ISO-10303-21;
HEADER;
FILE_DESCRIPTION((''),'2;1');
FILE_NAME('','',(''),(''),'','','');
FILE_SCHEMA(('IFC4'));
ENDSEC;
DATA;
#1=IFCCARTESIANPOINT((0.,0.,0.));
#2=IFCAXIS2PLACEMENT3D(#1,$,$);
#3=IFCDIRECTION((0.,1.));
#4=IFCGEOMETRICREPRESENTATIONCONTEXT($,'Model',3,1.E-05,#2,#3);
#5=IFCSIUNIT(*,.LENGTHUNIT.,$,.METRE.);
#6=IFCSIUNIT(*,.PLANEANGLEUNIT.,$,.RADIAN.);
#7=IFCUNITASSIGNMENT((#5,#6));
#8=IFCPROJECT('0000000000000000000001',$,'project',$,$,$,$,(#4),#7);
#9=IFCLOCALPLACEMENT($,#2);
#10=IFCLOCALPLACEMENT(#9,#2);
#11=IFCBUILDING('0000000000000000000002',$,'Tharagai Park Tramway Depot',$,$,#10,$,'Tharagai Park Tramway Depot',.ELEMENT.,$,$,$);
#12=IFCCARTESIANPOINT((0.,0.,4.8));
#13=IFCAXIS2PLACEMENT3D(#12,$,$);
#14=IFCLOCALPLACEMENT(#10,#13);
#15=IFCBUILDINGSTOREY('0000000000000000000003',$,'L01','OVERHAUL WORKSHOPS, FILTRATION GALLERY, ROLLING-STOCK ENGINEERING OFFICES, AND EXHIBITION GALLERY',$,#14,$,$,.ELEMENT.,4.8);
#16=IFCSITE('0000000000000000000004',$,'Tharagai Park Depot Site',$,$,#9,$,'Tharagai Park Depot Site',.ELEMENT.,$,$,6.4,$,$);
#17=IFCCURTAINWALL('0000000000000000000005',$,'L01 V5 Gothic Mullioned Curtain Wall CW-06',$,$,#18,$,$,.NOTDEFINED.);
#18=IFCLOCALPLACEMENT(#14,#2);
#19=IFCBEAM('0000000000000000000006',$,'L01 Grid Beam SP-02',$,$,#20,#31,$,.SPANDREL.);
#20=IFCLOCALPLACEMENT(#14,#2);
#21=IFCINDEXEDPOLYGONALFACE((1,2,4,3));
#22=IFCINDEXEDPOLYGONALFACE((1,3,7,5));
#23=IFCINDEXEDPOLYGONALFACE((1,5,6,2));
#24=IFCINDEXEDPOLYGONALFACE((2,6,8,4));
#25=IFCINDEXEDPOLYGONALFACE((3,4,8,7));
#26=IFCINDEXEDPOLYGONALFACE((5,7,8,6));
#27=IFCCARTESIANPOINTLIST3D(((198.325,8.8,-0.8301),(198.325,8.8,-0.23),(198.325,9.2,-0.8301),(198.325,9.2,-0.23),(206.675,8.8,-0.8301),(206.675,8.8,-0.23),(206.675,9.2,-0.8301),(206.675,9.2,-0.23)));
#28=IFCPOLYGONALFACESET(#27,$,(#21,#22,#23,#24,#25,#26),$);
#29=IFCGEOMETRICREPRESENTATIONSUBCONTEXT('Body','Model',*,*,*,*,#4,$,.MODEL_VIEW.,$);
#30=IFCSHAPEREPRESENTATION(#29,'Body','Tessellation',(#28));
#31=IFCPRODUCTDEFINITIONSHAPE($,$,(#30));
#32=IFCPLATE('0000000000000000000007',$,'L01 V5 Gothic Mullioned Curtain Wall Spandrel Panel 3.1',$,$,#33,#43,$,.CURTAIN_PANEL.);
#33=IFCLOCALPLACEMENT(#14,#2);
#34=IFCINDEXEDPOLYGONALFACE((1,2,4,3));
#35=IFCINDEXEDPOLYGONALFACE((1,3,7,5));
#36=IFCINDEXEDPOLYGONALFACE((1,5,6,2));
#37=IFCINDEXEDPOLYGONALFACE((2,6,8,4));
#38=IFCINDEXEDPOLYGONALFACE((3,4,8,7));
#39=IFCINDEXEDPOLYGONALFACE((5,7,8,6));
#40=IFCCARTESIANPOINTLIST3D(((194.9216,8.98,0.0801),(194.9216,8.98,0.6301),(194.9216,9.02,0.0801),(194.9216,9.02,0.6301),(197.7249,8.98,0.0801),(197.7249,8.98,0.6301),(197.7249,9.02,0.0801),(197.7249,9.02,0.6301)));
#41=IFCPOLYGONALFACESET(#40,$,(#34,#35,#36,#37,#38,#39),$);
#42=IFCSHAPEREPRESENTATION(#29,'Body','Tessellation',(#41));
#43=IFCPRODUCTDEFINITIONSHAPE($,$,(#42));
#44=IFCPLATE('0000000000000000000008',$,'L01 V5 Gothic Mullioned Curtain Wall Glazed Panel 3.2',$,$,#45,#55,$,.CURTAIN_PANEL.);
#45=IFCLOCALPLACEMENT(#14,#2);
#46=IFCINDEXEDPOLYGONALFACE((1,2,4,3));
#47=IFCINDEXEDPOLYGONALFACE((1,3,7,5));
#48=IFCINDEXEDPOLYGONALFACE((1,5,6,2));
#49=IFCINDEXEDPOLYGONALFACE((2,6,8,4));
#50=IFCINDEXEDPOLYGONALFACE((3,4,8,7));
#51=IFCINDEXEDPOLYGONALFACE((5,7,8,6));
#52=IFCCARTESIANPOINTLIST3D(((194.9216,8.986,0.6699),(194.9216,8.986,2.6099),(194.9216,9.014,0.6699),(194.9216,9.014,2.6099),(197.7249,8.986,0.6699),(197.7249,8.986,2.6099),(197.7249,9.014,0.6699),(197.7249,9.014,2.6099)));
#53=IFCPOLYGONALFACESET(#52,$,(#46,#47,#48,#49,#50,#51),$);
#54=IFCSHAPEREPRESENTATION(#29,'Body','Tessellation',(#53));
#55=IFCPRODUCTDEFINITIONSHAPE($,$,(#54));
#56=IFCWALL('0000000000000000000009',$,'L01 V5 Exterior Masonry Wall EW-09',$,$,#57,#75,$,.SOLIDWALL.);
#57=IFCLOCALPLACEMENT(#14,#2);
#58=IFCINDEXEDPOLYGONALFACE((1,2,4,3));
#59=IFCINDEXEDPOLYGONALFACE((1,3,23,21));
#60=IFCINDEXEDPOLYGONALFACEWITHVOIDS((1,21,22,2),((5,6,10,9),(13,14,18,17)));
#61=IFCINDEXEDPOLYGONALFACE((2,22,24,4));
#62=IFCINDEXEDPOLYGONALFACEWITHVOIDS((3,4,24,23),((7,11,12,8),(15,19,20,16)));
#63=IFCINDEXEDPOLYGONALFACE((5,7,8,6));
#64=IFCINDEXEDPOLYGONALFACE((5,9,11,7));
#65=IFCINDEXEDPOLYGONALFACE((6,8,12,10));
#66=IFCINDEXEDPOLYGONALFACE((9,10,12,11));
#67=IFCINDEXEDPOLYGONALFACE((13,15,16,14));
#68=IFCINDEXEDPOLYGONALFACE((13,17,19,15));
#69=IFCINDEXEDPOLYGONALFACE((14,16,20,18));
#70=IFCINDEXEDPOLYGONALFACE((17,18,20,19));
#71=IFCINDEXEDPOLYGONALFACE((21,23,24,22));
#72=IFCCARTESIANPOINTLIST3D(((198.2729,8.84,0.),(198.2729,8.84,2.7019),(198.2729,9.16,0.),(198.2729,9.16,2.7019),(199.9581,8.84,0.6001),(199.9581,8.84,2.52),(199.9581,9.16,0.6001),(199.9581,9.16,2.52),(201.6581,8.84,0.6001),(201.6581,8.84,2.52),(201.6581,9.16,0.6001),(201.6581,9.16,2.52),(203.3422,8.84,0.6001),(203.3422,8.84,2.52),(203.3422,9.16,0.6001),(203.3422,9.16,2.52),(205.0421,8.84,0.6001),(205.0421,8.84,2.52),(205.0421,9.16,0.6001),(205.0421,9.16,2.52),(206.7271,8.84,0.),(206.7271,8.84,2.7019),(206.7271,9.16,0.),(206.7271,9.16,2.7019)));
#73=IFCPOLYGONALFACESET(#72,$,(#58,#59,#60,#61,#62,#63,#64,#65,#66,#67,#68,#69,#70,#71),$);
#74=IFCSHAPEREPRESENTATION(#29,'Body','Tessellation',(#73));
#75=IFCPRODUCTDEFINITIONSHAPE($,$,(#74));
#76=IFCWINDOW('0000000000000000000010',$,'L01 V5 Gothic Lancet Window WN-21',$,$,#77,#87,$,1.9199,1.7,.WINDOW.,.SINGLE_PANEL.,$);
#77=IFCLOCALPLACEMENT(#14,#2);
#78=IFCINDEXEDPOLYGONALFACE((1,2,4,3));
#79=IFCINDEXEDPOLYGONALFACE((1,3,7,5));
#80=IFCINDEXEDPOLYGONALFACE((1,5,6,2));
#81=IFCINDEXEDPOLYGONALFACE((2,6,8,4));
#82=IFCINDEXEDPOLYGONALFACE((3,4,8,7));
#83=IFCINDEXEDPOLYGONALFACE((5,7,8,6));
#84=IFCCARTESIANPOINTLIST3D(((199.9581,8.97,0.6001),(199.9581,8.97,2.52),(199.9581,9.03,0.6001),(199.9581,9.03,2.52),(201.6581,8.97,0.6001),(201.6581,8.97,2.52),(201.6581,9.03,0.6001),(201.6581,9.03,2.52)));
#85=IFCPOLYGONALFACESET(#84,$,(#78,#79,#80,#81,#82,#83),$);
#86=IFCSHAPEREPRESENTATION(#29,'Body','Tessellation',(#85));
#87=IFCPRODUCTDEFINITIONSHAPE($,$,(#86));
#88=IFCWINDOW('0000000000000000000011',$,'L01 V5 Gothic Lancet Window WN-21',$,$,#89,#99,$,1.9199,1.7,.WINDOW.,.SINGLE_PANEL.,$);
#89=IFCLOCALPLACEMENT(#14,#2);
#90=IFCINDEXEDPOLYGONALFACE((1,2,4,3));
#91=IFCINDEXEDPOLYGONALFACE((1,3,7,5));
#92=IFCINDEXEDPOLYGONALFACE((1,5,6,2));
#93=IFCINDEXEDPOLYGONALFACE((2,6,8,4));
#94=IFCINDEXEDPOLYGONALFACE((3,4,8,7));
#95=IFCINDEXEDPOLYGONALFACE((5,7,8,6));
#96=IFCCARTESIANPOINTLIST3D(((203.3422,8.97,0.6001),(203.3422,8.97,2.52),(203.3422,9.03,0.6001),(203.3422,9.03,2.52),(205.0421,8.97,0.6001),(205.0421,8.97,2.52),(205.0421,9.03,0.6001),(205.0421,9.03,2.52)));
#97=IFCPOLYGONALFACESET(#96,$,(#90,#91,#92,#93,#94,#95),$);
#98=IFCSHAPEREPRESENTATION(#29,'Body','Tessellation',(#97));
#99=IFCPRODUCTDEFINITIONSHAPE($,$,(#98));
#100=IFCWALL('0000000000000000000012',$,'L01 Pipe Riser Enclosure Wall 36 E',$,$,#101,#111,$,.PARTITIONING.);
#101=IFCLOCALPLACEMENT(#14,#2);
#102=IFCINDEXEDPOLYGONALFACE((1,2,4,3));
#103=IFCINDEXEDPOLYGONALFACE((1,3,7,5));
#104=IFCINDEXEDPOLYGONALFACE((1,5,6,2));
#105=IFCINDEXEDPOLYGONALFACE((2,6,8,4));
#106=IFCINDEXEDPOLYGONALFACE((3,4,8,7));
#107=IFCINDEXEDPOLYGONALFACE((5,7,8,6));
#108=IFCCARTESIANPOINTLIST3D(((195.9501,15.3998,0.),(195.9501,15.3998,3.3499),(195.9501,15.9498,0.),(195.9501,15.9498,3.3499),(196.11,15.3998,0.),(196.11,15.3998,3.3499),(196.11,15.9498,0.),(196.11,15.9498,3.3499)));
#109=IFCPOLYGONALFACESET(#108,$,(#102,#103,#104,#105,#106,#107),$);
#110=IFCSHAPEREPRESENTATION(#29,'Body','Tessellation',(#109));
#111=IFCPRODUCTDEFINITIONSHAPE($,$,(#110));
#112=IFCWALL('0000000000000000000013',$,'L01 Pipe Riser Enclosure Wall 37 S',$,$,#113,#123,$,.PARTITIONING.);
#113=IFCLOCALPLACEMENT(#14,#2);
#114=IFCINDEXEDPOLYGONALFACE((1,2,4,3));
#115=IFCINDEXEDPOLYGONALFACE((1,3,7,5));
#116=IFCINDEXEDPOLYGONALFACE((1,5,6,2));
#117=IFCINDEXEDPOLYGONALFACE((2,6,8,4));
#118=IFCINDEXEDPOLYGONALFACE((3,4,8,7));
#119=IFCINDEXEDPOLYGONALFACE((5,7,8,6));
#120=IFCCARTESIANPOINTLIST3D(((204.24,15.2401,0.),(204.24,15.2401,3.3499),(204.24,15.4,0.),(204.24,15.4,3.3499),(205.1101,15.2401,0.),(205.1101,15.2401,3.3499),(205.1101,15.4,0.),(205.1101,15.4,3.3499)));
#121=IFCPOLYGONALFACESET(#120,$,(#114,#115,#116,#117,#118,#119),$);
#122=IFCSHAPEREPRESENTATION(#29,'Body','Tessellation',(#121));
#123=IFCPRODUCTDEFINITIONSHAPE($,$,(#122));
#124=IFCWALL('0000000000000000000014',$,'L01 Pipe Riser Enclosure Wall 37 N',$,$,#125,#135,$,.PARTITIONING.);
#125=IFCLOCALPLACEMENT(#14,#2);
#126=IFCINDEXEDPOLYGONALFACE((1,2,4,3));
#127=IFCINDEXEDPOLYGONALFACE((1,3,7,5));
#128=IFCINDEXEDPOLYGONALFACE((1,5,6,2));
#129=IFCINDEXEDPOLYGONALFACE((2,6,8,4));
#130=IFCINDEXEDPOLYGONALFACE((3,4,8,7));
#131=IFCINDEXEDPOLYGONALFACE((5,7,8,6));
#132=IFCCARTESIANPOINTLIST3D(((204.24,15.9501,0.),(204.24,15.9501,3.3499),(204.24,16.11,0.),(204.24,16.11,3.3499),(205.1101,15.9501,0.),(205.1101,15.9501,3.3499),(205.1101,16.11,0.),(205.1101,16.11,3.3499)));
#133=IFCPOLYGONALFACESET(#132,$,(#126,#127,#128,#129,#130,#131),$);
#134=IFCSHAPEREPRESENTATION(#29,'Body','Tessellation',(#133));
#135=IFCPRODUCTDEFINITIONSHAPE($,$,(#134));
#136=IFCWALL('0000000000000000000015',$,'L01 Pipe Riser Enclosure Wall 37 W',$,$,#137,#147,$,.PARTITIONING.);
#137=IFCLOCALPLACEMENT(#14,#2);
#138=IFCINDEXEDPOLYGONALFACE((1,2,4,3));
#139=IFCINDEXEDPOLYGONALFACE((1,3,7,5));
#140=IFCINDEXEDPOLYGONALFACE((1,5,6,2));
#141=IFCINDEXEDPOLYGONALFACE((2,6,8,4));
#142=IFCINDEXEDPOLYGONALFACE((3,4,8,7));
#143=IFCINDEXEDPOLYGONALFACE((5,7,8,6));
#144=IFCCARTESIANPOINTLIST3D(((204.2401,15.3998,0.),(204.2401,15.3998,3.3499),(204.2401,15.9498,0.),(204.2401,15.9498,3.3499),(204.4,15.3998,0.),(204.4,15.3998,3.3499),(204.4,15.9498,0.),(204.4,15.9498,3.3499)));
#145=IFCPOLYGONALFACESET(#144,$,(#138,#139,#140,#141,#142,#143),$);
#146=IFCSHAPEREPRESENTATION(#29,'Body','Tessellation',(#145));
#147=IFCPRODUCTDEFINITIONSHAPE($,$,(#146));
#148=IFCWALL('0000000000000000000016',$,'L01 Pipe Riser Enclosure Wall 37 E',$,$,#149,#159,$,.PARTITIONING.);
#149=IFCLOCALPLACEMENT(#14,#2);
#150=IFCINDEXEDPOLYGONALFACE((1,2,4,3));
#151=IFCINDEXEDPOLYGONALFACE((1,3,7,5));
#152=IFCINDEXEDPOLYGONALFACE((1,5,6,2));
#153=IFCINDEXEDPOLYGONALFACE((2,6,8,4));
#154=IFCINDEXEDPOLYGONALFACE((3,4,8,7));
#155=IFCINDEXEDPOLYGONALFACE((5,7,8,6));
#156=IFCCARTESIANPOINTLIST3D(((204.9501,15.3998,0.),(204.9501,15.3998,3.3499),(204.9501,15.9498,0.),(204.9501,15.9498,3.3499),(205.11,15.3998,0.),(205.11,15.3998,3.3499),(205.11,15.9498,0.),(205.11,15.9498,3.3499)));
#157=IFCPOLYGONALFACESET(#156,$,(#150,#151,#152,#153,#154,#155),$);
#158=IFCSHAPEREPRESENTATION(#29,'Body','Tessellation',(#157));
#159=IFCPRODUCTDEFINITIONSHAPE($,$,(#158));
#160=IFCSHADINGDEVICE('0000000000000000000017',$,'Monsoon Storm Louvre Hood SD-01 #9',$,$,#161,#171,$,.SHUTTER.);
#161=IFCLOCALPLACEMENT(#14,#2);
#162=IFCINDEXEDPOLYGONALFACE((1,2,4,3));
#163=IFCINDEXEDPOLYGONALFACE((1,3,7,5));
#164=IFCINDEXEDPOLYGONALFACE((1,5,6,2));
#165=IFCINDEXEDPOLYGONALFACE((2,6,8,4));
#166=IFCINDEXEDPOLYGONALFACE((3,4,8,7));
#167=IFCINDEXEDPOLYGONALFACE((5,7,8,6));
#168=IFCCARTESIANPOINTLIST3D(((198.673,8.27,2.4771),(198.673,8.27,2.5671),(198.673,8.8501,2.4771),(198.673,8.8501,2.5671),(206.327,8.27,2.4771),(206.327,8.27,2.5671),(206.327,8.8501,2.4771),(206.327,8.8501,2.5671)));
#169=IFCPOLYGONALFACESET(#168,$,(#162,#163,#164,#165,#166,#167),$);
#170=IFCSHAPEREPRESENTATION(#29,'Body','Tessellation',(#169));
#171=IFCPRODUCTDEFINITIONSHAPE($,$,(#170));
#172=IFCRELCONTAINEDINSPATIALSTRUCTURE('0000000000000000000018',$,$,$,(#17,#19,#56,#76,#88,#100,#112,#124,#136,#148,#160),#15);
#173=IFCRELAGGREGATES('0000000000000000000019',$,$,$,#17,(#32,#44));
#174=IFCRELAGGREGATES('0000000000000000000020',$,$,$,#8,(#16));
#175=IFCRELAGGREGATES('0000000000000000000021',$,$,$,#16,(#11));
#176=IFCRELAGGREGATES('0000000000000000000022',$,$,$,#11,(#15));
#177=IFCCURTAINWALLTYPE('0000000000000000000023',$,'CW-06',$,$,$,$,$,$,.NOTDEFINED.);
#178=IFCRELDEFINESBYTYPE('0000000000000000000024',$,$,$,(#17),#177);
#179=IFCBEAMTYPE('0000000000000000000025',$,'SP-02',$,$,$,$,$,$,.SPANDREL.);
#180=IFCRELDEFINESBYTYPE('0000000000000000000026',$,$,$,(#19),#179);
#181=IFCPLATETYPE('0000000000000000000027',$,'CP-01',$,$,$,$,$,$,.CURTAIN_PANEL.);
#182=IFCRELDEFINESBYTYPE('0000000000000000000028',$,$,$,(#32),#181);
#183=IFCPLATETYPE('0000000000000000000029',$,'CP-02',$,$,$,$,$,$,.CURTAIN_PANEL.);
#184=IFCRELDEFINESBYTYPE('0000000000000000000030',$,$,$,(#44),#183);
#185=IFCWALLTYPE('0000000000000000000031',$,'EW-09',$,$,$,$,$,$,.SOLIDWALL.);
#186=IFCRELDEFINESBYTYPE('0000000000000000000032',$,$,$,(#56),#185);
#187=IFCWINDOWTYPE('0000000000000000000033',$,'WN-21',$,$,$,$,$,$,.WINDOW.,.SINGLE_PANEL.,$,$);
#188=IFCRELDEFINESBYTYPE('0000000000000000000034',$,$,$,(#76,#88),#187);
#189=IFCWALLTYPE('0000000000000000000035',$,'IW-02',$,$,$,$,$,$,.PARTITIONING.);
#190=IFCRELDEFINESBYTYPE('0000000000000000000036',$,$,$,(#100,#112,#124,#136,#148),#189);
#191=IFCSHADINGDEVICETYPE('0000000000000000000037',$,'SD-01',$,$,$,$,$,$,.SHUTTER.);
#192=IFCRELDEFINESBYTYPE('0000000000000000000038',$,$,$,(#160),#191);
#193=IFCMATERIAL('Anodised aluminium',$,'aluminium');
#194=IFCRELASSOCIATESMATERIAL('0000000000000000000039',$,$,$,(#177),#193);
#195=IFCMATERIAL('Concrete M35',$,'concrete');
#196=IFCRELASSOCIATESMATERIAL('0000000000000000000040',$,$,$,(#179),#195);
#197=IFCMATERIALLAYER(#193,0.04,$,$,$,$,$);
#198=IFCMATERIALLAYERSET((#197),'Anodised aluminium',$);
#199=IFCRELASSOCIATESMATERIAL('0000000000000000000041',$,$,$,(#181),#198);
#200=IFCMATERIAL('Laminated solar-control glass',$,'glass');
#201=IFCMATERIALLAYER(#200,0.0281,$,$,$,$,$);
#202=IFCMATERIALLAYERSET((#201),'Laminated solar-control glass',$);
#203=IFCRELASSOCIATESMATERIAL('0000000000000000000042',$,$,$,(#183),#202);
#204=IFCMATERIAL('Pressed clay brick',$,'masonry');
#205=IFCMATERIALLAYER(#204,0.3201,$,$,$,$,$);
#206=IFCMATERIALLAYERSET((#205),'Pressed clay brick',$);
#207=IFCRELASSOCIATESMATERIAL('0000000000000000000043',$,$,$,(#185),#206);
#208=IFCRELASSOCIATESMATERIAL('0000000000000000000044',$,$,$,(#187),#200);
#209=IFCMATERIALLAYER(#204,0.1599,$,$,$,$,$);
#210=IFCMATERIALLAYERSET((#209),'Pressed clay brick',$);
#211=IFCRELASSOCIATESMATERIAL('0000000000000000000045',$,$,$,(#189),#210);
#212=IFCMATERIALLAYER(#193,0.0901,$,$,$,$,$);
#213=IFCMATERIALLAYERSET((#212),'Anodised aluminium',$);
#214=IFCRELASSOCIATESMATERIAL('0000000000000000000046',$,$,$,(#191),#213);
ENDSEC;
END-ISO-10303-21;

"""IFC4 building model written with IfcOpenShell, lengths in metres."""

from ifc_helpers import new_model, si_unit, direction, frame, frame_2d, origin, origin_2d, place, context, subcontext, project, spatial, rectangle, extrude, material, layer, layer_set, material_profile, profile_set, type_object, element, fill, aggregate, save


model = new_model("IFC4")

# Units and contexts
model_context = context("Model", 3, precision=1e-05, world=origin(), true_north=direction((0.0, 1.0)))
body_context = subcontext(model_context, "Body", "Model", "MODEL_VIEW")
ifc_project = project(units=[si_unit("LENGTHUNIT", "METRE"), si_unit("PLANEANGLEUNIT", "RADIAN")], contexts=[model_context])

# Site, building, storey
site_placement = place(None, origin())
site = spatial("IfcSite", under=ifc_project, at=site_placement, Name="Tharagai Park Depot Site", LongName="Tharagai Park Depot Site", CompositionType="ELEMENT", RefElevation=6.4)
building_placement = place(site_placement, origin())
building = spatial("IfcBuilding", under=site, at=building_placement, Name="Tharagai Park Tramway Depot", LongName="Tharagai Park Tramway Depot", CompositionType="ELEMENT")
storey_placement = place(building_placement, frame((0.0, 0.0, 4.8)))
storey = spatial("IfcBuildingStorey", under=building, at=storey_placement, Name="L01", Description="OVERHAUL WORKSHOPS, FILTRATION GALLERY, ROLLING-STOCK ENGINEERING OFFICES, AND EXHIBITION GALLERY", CompositionType="ELEMENT", Elevation=4.8)

# Shared definitions
ifc_material_1 = material(Name="Concrete M35", Category="concrete")

# Curtain wall
ifc_material_2 = material(Name="Anodised aluminium", Category="aluminium")
curtain_wall_type = type_object("IfcCurtainWallType", Name="CW-06", PredefinedType="NOTDEFINED", material=ifc_material_2)
curtain_wall_1_placement = place(storey_placement, origin())
curtain_wall_1 = element("IfcCurtainWall", 1, at=curtain_wall_1_placement, inside=storey, type_object=curtain_wall_type, Name="L01 V5 Gothic Mullioned Curtain Wall CW-06", PredefinedType="NOTDEFINED")

# Beam
ifc_material_profile_1 = material_profile(ifc_material_1, rectangle(XDim=0.3999, YDim=0.6001, at=origin_2d()), Name="RC 400x600")
ifc_profile_set_1 = profile_set([ifc_material_profile_1], Name="Concrete M35")
beam_type_1 = type_object("IfcBeamType", Name="SP-02", PredefinedType="SPANDREL", material=ifc_profile_set_1)
beam_1_placement = place(storey_placement, frame((198.325, 9.0, -0.53), z_axis=(1.0, 0.0, 0.0), x_axis=(0.0, 1.0, 0.0)))
element("IfcBeam", 2, at=beam_1_placement, inside=storey, type_object=beam_type_1, Name="L01 Grid Beam SP-02", PredefinedType="SPANDREL", context=body_context, shape_type="SweptSolid", body=[
    extrude(rectangle(XDim=0.3999, YDim=0.6001, at=origin_2d()), origin(), (0.0, 0.0, 1.0), 8.3501),
])

# Plates
ifc_layer_1 = layer(ifc_material_2, 0.04)
ifc_layer_set_1 = layer_set([ifc_layer_1], Name="Anodised aluminium")
plate_type_1 = type_object("IfcPlateType", Name="CP-01", PredefinedType="CURTAIN_PANEL", material=ifc_layer_set_1)
plate_1_placement = place(storey_placement, frame((196.3232, 9.0, 0.0801), z_axis=(0.0, 0.0, 1.0), x_axis=(1.0, 0.0, 0.0)))
plate_1 = element("IfcPlate", 3, at=plate_1_placement, type_object=plate_type_1, Name="L01 V5 Gothic Mullioned Curtain Wall Spandrel Panel 3.1", PredefinedType="CURTAIN_PANEL", context=body_context, shape_type="SweptSolid", body=[
    extrude(rectangle(XDim=2.8032, YDim=0.04, at=origin_2d()), origin(), (0.0, 0.0, 1.0), 0.55),
])
ifc_material_3 = material(Name="Laminated solar-control glass", Category="glass")
ifc_layer_2 = layer(ifc_material_3, 0.0281)
ifc_layer_set_2 = layer_set([ifc_layer_2], Name="Laminated solar-control glass")
plate_type_2 = type_object("IfcPlateType", Name="CP-02", PredefinedType="CURTAIN_PANEL", material=ifc_layer_set_2)
plate_2_placement = place(storey_placement, frame((196.3232, 9.0, 0.6699), z_axis=(0.0, 0.0, 1.0), x_axis=(1.0, 0.0, 0.0)))
plate_2 = element("IfcPlate", 4, at=plate_2_placement, type_object=plate_type_2, Name="L01 V5 Gothic Mullioned Curtain Wall Glazed Panel 3.2", PredefinedType="CURTAIN_PANEL", context=body_context, shape_type="SweptSolid", body=[
    extrude(rectangle(XDim=2.8032, YDim=0.0281, at=origin_2d()), origin(), (0.0, 0.0, 1.0), 1.9399),
])
aggregate(curtain_wall_1, [plate_1, plate_2])

# Wall, openings, windows
ifc_material_4 = material(Name="Pressed clay brick", Category="masonry")
ifc_layer_3 = layer(ifc_material_4, 0.3201)
ifc_layer_set_3 = layer_set([ifc_layer_3], Name="Pressed clay brick")
wall_type_1 = type_object("IfcWallType", Name="EW-09", PredefinedType="SOLIDWALL", material=ifc_layer_set_3)
wall_1_placement = place(storey_placement, frame((198.2729, 9.0, 0.0), z_axis=(0.0, 0.0, 1.0), x_axis=(1.0, 0.0, 0.0)))
wall_1 = element("IfcWall", 5, at=wall_1_placement, inside=storey, type_object=wall_type_1, Name="L01 V5 Exterior Masonry Wall EW-09", PredefinedType="SOLIDWALL", context=body_context, shape_type="SweptSolid", body=[
    extrude(rectangle(XDim=8.4541, YDim=0.3201, at=frame_2d((4.2271, 0.0))), origin(), (0.0, 0.0, 1.0), 2.7019),
])
opening_1_placement = place(wall_1_placement, frame((1.6851, 0.0, 0.6001)))
opening_1 = element("IfcOpeningElement", 6, at=opening_1_placement, cuts=wall_1, PredefinedType="OPENING", context=body_context, shape_type="SweptSolid", body=[
    extrude(rectangle(XDim=1.7, YDim=1.9199, at=frame_2d((0.8501, 0.96))), frame((0.0, 0.1699, 0.0), z_axis=(0.0, -1.0, 0.0), x_axis=(1.0, 0.0, 0.0)), (0.0, 0.0, 1.0), 0.3401),
])
opening_2_placement = place(wall_1_placement, frame((5.0691, 0.0, 0.6001)))
opening_2 = element("IfcOpeningElement", 7, at=opening_2_placement, cuts=wall_1, PredefinedType="OPENING", context=body_context, shape_type="SweptSolid", body=[
    extrude(rectangle(XDim=1.7, YDim=1.9199, at=frame_2d((0.8501, 0.96))), frame((0.0, 0.1699, 0.0), z_axis=(0.0, -1.0, 0.0), x_axis=(1.0, 0.0, 0.0)), (0.0, 0.0, 1.0), 0.3401),
])
window_type = type_object("IfcWindowType", Name="WN-21", PartitioningType="SINGLE_PANEL", PredefinedType="WINDOW", material=ifc_material_3)
window_1_placement = place(opening_1_placement, origin())
window_1 = element("IfcWindow", 8, at=window_1_placement, inside=storey, type_object=window_type, Name="L01 V5 Gothic Lancet Window WN-21", OverallHeight=1.9199, OverallWidth=1.7, PartitioningType="SINGLE_PANEL", PredefinedType="WINDOW", context=body_context, shape_type="SweptSolid", body=[
    extrude(rectangle(XDim=1.7, YDim=1.9199, at=frame_2d((0.8501, 0.96))), frame((0.0, 0.03, 0.0), z_axis=(0.0, -1.0, 0.0), x_axis=(1.0, 0.0, 0.0)), (0.0, 0.0, 1.0), 0.0601),
])
fill(opening_1, window_1)
window_2_placement = place(opening_2_placement, origin())
window_2 = element("IfcWindow", 9, at=window_2_placement, inside=storey, type_object=window_type, Name="L01 V5 Gothic Lancet Window WN-21", OverallHeight=1.9199, OverallWidth=1.7, PartitioningType="SINGLE_PANEL", PredefinedType="WINDOW", context=body_context, shape_type="SweptSolid", body=[
    extrude(rectangle(XDim=1.7, YDim=1.9199, at=frame_2d((0.8501, 0.96))), frame((0.0, 0.03, 0.0), z_axis=(0.0, -1.0, 0.0), x_axis=(1.0, 0.0, 0.0)), (0.0, 0.0, 1.0), 0.0601),
])
fill(opening_2, window_2)

# Walls
ifc_layer_4 = layer(ifc_material_4, 0.1599)
ifc_layer_set_4 = layer_set([ifc_layer_4], Name="Pressed clay brick")
wall_type_2 = type_object("IfcWallType", Name="IW-02", PredefinedType="PARTITIONING", material=ifc_layer_set_4)
wall_2_placement = place(storey_placement, frame((196.03, 15.3999, 0.0), z_axis=(0.0, 0.0, 1.0), x_axis=(0.0, 1.0, 0.0)))
element("IfcWall", 10, at=wall_2_placement, inside=storey, type_object=wall_type_2, Name="L01 Pipe Riser Enclosure Wall 36 E", PredefinedType="PARTITIONING", context=body_context, shape_type="SweptSolid", body=[
    extrude(rectangle(XDim=0.55, YDim=0.1599, at=frame_2d((0.2749, 0.0))), origin(), (0.0, 0.0, 1.0), 3.3499),
])
for number, where, z_axis, x_axis, name in (
    (11, (204.24, 15.3201, 0.0), (0.0, 0.0, 1.0), (1.0, 0.0, 0.0), "L01 Pipe Riser Enclosure Wall 37 S"),
    (12, (204.24, 16.03, 0.0), (0.0, 0.0, 1.0), (1.0, 0.0, 0.0), "L01 Pipe Riser Enclosure Wall 37 N"),
):
    element("IfcWall", number, at=place(storey_placement, frame(where, z_axis=z_axis, x_axis=x_axis)), inside=storey, type_object=wall_type_2, Name=name, PredefinedType="PARTITIONING", context=body_context, shape_type="SweptSolid", body=[
        extrude(rectangle(XDim=0.8701, YDim=0.1599, at=frame_2d((0.4351, 0.0))), origin(), (0.0, 0.0, 1.0), 3.3499),
    ])
for number, where, z_axis, x_axis, name in (
    (13, (204.3201, 15.3999, 0.0), (0.0, 0.0, 1.0), (0.0, 1.0, 0.0), "L01 Pipe Riser Enclosure Wall 37 W"),
    (14, (205.03, 15.3999, 0.0), (0.0, 0.0, 1.0), (0.0, 1.0, 0.0), "L01 Pipe Riser Enclosure Wall 37 E"),
):
    element("IfcWall", number, at=place(storey_placement, frame(where, z_axis=z_axis, x_axis=x_axis)), inside=storey, type_object=wall_type_2, Name=name, PredefinedType="PARTITIONING", context=body_context, shape_type="SweptSolid", body=[
        extrude(rectangle(XDim=0.55, YDim=0.1599, at=frame_2d((0.2749, 0.0))), origin(), (0.0, 0.0, 1.0), 3.3499),
    ])

# Shading device
ifc_layer_5 = layer(ifc_material_2, 0.0901)
ifc_layer_set_5 = layer_set([ifc_layer_5], Name="Anodised aluminium")
shading_device_type_1 = type_object("IfcShadingDeviceType", Name="SD-01", PredefinedType="SHUTTER", material=ifc_layer_set_5)
shading_device_1_placement = place(storey_placement, frame((202.5, 8.5601, 2.4771), z_axis=(0.0, 0.0, 1.0), x_axis=(1.0, 0.0, 0.0)))
element("IfcShadingDevice", 15, at=shading_device_1_placement, inside=storey, type_object=shading_device_type_1, Name="Monsoon Storm Louvre Hood SD-01 #9", PredefinedType="SHUTTER", context=body_context, shape_type="SweptSolid", body=[
    extrude(rectangle(XDim=7.6541, YDim=0.5801, at=origin_2d()), origin(), (0.0, 0.0, 1.0), 0.0901),
])

save(model, "model.ifc")
